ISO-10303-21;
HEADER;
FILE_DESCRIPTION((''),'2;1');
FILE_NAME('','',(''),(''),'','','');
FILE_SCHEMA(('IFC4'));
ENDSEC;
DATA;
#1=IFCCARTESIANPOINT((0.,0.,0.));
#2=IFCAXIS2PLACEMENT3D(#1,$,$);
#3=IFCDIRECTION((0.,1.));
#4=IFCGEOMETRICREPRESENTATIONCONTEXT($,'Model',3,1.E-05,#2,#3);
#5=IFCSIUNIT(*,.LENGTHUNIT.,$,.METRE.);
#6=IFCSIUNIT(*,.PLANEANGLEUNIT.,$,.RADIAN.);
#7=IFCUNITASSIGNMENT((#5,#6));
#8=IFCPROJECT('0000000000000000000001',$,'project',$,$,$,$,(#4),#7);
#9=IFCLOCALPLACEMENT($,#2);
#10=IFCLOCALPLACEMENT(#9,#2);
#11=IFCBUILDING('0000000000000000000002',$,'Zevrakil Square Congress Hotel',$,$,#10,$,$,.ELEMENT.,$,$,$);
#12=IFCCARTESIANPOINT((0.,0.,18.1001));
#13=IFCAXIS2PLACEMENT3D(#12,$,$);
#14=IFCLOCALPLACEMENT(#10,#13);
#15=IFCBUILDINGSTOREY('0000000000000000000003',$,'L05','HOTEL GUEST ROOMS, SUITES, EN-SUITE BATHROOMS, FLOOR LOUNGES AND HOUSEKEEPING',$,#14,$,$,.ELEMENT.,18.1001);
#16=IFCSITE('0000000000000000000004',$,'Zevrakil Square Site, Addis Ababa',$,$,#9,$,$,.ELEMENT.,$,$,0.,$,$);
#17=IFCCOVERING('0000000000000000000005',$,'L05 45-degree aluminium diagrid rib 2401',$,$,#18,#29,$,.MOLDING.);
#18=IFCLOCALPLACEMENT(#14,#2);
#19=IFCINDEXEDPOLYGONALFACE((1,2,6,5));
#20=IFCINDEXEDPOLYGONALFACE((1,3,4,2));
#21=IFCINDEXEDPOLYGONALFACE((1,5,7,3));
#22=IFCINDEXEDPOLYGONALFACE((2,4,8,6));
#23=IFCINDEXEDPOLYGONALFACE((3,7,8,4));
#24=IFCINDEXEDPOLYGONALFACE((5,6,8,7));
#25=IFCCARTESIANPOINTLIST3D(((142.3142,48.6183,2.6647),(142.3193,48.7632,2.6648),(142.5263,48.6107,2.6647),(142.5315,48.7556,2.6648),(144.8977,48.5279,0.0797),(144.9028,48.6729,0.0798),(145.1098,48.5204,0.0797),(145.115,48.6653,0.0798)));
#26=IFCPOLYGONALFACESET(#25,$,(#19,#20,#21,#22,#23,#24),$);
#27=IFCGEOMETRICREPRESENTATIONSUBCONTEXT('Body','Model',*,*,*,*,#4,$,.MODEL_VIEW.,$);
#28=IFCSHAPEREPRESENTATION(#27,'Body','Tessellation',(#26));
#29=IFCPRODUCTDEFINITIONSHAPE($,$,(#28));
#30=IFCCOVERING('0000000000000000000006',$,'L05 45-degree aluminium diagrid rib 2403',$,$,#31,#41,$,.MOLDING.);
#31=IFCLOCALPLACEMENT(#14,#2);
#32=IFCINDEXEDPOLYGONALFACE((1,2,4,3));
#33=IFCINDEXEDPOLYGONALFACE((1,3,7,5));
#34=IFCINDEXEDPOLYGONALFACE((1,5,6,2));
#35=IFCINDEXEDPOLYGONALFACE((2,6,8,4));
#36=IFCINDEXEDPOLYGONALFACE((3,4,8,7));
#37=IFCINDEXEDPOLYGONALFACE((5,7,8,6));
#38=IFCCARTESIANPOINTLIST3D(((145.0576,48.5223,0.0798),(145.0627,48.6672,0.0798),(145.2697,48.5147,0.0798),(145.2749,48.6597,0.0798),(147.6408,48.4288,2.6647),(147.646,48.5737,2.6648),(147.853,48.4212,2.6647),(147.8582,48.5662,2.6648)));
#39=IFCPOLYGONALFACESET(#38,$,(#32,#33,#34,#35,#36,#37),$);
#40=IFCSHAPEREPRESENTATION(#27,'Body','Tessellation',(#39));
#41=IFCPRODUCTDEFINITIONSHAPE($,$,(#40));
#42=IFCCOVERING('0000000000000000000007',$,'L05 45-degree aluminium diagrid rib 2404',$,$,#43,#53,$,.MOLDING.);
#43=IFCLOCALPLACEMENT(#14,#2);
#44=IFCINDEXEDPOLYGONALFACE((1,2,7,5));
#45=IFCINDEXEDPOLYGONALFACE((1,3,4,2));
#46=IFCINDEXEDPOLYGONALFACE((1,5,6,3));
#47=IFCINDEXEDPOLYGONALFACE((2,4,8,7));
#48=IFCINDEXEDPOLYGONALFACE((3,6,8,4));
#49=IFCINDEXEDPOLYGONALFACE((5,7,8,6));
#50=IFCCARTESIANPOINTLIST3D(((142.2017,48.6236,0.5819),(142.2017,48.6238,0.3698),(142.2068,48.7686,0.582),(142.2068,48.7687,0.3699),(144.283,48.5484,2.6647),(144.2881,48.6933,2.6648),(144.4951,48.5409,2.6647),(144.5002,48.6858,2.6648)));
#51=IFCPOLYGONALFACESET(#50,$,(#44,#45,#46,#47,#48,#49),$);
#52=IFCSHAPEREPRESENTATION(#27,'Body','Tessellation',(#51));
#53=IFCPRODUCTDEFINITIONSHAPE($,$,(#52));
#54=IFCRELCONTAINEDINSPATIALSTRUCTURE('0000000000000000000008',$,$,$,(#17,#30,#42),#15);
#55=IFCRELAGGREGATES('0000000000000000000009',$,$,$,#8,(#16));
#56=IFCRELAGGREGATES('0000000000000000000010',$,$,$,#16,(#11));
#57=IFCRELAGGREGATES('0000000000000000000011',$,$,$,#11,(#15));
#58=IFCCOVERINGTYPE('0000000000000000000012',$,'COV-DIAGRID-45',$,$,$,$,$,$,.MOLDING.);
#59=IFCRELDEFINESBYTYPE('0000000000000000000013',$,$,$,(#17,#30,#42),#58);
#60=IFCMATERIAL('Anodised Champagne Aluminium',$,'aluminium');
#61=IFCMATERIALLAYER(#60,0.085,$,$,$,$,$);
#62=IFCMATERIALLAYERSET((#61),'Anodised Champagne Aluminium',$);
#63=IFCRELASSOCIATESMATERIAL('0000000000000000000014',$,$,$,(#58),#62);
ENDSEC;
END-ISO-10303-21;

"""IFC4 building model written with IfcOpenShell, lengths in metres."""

from ifc_helpers import new_model, si_unit, direction, frame, origin, place, context, subcontext, project, spatial, polyline, outline, extrude, material, layer, layer_set, type_object, element, save


model = new_model("IFC4")

# Units and contexts
model_context = context("Model", 3, precision=1e-05, world=origin(), true_north=direction((0.0, 1.0)))
body_context = subcontext(model_context, "Body", "Model", "MODEL_VIEW")
ifc_project = project(units=[si_unit("LENGTHUNIT", "METRE"), si_unit("PLANEANGLEUNIT", "RADIAN")], contexts=[model_context])

# Site, building, storey
site_placement = place(None, origin())
site = spatial("IfcSite", under=ifc_project, at=site_placement, Name="Zevrakil Square Site, Addis Ababa", CompositionType="ELEMENT", RefElevation=0.0)
building_placement = place(site_placement, origin())
building = spatial("IfcBuilding", under=site, at=building_placement, Name="Zevrakil Square Congress Hotel", CompositionType="ELEMENT")
storey_placement = place(building_placement, frame((0.0, 0.0, 18.1001)))
storey = spatial("IfcBuildingStorey", under=building, at=storey_placement, Name="L05", Description="HOTEL GUEST ROOMS, SUITES, EN-SUITE BATHROOMS, FLOOR LOUNGES AND HOUSEKEEPING", CompositionType="ELEMENT", Elevation=18.1001)

# Coverings
ifc_material_1 = material(Name="Anodised Champagne Aluminium", Category="aluminium")
ifc_layer_1 = layer(ifc_material_1, 0.085)
ifc_layer_set_1 = layer_set([ifc_layer_1], Name="Anodised Champagne Aluminium")
covering_type_1 = type_object("IfcCoveringType", Name="COV-DIAGRID-45", PredefinedType="MOLDING", material=ifc_layer_set_1)
covering_1_placement = place(storey_placement, frame((144.9028, 48.6729, 0.0798), z_axis=(0.035651, 0.999364, 0.000707), x_axis=(0.999364, -0.035651, 0.0)))
element("IfcCovering", 1, at=covering_1_placement, inside=storey, type_object=covering_type_1, Name="L05 45-degree aluminium diagrid rib 2401", PredefinedType="MOLDING", context=body_context, shape_type="SweptSolid", body=[
    extrude(outline(polyline([(0.0, 0.0), (0.2123, 0.0), (-2.3728, -2.585), (-2.5851, -2.585), (0.0, 0.0)])), origin(), (0.0, 0.0, -1.0), 0.145),
])
covering_2_placement = place(storey_placement, frame((147.8582, 48.5662, 2.6648), z_axis=(0.035651, 0.999364, 0.000523), x_axis=(-0.999364, 0.035651, 0.0)))
element("IfcCovering", 2, at=covering_2_placement, inside=storey, type_object=covering_type_1, Name="L05 45-degree aluminium diagrid rib 2403", PredefinedType="MOLDING", context=body_context, shape_type="SweptSolid", body=[
    extrude(outline(polyline([(0.0, 0.0), (0.2123, 0.0), (2.7972, -2.585), (2.5849, -2.585), (0.0, 0.0)])), origin(), (0.0, 0.0, -1.0), 0.145),
])
covering_3_placement = place(storey_placement, frame((144.5002, 48.6858, 2.6648), z_axis=(0.03532, 0.999376, 0.000819), x_axis=(-0.999376, 0.03532, 0.000001)))
element("IfcCovering", 3, at=covering_3_placement, inside=storey, type_object=covering_type_1, Name="L05 45-degree aluminium diagrid rib 2404", PredefinedType="MOLDING", context=body_context, shape_type="SweptSolid", body=[
    extrude(outline(polyline([(0.0, 0.0), (0.2123, 0.0), (2.2949, -2.0828), (2.2949, -2.2949), (0.0, 0.0)])), origin(), (0.0, 0.0, -1.0), 0.145),
])

save(model, "model.ifc")
